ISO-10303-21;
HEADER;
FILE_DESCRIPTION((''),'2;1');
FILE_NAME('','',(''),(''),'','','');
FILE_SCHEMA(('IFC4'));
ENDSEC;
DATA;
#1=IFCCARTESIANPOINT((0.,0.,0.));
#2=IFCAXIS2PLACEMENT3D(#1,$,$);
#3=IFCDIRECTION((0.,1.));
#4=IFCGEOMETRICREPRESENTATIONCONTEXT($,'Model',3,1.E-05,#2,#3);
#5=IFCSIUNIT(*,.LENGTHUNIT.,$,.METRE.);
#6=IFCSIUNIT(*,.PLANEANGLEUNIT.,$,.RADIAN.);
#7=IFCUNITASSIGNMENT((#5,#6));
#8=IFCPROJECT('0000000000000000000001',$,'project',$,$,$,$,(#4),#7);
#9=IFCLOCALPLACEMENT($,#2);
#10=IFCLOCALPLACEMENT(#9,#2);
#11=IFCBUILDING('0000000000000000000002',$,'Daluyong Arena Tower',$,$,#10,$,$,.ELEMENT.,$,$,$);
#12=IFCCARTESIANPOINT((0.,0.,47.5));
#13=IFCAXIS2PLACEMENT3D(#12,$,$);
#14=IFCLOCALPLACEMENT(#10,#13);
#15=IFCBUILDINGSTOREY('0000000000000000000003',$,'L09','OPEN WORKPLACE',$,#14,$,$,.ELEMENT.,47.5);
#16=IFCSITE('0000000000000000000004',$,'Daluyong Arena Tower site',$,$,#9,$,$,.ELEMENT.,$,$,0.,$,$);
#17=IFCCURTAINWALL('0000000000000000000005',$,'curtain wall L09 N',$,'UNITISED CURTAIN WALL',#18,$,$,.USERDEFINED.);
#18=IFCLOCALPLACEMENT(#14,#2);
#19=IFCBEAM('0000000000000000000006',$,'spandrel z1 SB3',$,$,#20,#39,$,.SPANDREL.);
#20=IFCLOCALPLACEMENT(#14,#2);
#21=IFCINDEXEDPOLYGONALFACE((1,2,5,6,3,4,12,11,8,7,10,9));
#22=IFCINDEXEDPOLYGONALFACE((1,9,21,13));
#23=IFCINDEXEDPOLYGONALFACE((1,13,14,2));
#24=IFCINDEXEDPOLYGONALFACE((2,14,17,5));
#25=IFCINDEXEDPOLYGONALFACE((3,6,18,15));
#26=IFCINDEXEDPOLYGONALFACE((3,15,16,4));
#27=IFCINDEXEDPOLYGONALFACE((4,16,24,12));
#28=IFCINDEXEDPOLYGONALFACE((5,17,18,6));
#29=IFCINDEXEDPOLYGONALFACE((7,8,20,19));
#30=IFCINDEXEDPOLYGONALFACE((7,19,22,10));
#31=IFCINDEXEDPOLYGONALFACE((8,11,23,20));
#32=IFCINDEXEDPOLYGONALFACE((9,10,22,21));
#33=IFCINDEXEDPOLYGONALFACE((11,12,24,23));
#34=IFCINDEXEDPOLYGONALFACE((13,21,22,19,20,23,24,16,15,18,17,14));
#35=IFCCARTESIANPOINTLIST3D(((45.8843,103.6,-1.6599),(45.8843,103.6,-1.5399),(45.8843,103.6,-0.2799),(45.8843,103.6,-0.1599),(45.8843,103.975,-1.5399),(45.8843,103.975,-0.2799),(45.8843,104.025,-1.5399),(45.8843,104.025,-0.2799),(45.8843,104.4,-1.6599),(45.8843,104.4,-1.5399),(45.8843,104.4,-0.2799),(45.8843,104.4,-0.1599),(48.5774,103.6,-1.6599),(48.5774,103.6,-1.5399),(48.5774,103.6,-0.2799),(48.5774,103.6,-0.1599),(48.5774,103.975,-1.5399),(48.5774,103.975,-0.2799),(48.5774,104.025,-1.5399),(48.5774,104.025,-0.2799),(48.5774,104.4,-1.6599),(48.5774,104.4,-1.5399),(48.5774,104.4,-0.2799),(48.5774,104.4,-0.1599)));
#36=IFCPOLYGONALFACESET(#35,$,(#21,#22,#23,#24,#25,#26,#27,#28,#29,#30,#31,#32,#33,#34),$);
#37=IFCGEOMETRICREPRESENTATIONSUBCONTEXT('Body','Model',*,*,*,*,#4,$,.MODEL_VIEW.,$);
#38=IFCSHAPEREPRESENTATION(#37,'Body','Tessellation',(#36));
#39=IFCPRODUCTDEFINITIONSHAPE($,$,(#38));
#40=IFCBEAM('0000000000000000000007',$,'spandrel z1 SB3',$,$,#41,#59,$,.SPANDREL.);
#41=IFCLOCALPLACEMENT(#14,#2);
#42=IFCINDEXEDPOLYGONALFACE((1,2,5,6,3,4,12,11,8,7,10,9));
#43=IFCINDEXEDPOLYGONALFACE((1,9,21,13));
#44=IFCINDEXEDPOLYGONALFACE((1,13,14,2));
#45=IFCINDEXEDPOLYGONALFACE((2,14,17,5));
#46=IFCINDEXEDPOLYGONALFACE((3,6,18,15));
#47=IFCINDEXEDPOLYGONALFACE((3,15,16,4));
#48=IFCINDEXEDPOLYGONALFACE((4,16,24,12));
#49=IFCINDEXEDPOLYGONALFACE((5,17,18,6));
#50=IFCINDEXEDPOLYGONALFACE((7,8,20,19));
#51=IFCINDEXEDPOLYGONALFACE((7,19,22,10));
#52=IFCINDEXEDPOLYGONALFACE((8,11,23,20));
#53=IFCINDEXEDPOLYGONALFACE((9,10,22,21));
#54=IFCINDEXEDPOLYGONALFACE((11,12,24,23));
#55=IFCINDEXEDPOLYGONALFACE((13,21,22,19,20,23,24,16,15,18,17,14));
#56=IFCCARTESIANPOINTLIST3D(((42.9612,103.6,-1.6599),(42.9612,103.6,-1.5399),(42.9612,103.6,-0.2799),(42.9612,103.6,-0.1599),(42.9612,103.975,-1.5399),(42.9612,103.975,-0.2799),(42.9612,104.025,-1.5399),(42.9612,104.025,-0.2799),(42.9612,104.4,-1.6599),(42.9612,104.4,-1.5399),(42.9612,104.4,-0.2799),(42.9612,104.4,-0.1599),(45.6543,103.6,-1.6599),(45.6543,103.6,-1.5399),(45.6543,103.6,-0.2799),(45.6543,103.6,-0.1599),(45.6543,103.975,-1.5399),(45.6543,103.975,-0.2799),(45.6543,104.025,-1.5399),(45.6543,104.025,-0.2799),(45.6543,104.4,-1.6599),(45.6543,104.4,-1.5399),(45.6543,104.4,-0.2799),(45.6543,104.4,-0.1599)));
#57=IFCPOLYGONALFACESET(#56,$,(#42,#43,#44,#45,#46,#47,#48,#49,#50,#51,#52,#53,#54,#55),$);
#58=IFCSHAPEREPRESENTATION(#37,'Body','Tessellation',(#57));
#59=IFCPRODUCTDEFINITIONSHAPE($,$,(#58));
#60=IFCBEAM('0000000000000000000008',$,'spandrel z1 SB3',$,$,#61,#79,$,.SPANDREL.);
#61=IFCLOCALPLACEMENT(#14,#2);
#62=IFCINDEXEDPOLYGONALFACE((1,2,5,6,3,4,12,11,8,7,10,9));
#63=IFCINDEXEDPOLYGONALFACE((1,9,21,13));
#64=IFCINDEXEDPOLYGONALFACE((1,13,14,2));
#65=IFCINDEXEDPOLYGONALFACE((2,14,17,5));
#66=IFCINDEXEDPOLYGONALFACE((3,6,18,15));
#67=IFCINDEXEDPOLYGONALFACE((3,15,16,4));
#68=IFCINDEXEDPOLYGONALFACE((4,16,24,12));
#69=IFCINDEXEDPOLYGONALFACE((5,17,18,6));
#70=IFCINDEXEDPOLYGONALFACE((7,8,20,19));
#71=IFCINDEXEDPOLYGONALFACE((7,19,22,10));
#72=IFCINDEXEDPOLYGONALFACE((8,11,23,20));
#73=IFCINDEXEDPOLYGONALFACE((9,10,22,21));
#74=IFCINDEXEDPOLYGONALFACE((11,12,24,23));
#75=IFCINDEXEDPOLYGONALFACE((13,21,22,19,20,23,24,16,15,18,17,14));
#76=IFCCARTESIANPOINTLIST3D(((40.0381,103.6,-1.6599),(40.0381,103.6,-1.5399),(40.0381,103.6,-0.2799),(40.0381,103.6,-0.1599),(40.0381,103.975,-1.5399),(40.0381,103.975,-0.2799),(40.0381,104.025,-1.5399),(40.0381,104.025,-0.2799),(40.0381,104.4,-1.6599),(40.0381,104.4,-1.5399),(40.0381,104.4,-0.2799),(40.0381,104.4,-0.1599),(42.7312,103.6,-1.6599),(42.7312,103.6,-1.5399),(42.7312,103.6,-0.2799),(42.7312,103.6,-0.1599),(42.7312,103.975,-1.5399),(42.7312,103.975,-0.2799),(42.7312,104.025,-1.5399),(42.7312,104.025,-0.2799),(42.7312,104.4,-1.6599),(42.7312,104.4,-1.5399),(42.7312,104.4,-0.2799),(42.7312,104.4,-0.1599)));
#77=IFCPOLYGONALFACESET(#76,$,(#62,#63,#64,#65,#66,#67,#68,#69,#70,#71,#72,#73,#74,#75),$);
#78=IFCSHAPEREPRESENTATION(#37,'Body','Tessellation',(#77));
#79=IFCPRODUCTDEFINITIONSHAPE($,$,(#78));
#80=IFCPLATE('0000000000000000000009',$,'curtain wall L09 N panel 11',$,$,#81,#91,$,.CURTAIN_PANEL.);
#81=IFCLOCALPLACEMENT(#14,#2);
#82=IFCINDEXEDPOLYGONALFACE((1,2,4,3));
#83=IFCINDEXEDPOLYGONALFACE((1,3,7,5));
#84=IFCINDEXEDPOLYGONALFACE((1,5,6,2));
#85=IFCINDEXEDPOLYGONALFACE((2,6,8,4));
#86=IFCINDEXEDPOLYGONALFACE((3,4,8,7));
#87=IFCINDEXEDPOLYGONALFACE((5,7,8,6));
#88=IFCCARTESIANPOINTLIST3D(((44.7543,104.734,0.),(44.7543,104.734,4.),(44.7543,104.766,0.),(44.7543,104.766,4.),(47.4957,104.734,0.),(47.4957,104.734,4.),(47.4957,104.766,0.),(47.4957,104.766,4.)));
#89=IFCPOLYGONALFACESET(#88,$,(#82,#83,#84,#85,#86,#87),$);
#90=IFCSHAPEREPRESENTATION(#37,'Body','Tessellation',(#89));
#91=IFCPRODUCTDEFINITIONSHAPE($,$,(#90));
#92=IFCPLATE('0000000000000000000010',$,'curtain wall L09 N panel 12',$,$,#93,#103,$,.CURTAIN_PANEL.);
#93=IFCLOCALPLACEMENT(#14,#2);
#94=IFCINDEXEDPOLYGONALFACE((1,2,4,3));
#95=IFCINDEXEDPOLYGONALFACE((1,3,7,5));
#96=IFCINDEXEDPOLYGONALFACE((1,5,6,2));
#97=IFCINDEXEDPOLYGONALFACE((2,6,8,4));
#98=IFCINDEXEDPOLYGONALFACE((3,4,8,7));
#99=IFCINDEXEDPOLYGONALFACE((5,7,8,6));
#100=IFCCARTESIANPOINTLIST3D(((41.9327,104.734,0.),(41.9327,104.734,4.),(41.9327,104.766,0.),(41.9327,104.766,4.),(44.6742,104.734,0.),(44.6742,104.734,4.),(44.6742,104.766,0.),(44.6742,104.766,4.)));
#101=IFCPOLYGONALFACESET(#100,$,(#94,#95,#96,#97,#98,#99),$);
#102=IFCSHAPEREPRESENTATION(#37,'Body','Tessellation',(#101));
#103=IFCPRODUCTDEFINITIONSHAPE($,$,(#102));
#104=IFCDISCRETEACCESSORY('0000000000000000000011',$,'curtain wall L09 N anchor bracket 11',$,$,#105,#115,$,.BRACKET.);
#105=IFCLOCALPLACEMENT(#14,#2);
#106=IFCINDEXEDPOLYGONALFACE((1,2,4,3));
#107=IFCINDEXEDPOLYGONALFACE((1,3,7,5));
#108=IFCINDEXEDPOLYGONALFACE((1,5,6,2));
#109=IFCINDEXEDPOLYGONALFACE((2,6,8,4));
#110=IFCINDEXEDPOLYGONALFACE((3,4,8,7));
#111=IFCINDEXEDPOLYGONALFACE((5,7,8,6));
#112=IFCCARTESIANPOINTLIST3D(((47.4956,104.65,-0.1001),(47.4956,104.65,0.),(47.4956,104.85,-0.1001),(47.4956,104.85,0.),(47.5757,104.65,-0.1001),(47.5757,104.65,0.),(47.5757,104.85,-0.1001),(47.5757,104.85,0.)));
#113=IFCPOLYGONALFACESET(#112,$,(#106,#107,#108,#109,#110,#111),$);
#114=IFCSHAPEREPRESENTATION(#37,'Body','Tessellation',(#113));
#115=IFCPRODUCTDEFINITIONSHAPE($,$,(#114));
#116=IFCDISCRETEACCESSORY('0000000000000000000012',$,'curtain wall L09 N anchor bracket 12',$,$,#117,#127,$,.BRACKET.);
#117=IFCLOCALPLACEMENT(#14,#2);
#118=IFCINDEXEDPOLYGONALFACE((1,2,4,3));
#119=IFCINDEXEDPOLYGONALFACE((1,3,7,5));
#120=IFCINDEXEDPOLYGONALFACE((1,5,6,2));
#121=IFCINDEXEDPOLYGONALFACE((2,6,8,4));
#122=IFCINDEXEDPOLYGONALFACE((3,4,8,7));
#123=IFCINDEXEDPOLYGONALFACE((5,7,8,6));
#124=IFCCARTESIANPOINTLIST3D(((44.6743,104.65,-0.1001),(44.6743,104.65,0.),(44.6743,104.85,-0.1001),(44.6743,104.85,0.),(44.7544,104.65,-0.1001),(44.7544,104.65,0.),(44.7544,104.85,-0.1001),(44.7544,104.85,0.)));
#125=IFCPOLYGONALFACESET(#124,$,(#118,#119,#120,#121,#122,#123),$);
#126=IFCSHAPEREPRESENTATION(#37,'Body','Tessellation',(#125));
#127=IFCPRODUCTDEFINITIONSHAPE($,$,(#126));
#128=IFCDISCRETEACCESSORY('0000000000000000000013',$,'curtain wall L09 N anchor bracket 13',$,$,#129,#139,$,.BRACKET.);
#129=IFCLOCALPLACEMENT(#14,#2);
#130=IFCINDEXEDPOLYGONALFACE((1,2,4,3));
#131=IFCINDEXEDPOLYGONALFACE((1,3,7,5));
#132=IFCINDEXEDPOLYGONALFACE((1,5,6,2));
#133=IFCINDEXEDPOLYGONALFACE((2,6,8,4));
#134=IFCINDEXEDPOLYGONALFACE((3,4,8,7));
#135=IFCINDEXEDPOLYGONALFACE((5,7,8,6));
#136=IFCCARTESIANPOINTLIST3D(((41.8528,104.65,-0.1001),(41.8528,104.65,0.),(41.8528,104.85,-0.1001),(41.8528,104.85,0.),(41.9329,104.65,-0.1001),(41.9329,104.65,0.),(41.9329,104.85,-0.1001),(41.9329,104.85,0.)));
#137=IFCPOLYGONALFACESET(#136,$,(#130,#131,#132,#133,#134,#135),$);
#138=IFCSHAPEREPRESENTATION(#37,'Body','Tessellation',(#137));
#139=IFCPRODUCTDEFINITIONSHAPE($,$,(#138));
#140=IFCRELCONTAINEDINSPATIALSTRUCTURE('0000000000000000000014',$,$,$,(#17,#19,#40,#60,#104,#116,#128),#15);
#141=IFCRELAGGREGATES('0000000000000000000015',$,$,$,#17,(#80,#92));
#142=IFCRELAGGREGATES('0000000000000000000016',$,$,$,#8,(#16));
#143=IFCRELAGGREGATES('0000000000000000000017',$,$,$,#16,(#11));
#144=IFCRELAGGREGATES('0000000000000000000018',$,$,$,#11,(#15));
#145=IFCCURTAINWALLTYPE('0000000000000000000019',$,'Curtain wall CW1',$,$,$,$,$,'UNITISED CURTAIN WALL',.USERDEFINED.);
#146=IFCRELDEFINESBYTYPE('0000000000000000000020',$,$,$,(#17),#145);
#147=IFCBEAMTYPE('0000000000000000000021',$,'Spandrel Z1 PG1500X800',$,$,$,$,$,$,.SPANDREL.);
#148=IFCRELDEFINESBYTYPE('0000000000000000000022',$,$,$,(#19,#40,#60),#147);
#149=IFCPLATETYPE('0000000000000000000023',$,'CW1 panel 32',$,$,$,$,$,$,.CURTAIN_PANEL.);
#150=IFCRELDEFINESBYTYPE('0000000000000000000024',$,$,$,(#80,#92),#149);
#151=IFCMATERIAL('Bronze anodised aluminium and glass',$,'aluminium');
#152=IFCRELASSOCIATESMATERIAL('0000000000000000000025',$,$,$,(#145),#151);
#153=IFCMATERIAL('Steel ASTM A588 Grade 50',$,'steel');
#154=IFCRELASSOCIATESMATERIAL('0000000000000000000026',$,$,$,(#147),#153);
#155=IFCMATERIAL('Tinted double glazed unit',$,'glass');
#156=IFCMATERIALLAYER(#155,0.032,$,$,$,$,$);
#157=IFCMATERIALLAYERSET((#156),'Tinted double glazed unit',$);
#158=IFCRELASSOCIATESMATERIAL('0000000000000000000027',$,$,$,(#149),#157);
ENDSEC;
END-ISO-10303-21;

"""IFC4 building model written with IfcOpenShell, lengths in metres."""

from ifc_helpers import new_model, si_unit, direction, frame, origin, origin_2d, place, context, subcontext, project, spatial, rectangle, i_section, extrude, material, layer, layer_set, material_profile, profile_set, type_object, element, aggregate, save


model = new_model("IFC4")

# Units and contexts
model_context = context("Model", 3, precision=1e-05, world=origin(), true_north=direction((0.0, 1.0)))
body_context = subcontext(model_context, "Body", "Model", "MODEL_VIEW")
ifc_project = project(units=[si_unit("LENGTHUNIT", "METRE"), si_unit("PLANEANGLEUNIT", "RADIAN")], contexts=[model_context])

# Site, building, storey
site_placement = place(None, origin())
site = spatial("IfcSite", under=ifc_project, at=site_placement, Name="Daluyong Arena Tower site", CompositionType="ELEMENT", RefElevation=0.0)
building_placement = place(site_placement, origin())
building = spatial("IfcBuilding", under=site, at=building_placement, Name="Daluyong Arena Tower", CompositionType="ELEMENT")
storey_placement = place(building_placement, frame((0.0, 0.0, 47.5)))
storey = spatial("IfcBuildingStorey", under=building, at=storey_placement, Name="L09", Description="OPEN WORKPLACE", CompositionType="ELEMENT", Elevation=47.5)

# Curtain wall
ifc_material_1 = material(Name="Bronze anodised aluminium and glass", Category="aluminium")
curtain_wall_type = type_object("IfcCurtainWallType", Name="Curtain wall CW1", ElementType="UNITISED CURTAIN WALL", PredefinedType="USERDEFINED", material=ifc_material_1)
curtain_wall_placement = place(storey_placement, origin())
curtain_wall = element("IfcCurtainWall", 1, at=curtain_wall_placement, inside=storey, type_object=curtain_wall_type, Name="curtain wall L09 N", ObjectType="UNITISED CURTAIN WALL", PredefinedType="USERDEFINED")

# Beams
ifc_material_2 = material(Name="Steel ASTM A588 Grade 50", Category="steel")
ifc_material_profile_1 = material_profile(ifc_material_2, i_section(OverallWidth=0.8, OverallDepth=1.5, WebThickness=0.05, FlangeThickness=0.12, at=origin_2d()))
ifc_profile_set_1 = profile_set([ifc_material_profile_1], Name="Steel ASTM A588 Grade 50")
beam_type_1 = type_object("IfcBeamType", Name="Spandrel Z1 PG1500X800", PredefinedType="SPANDREL", material=ifc_profile_set_1)
for number, where, z_axis, x_axis, name in (
    (2, (48.5774, 104.0, -0.9099), (-1.0, 0.0, 0.0), (0.0, -1.0, 0.0), "spandrel z1 SB3"),
    (3, (45.6543, 104.0, -0.9099), (-1.0, 0.0, 0.0), (0.0, -1.0, 0.0), "spandrel z1 SB3"),
    (4, (42.7312, 104.0, -0.9099), (-1.0, 0.0, 0.0), (0.0, -1.0, 0.0), "spandrel z1 SB3"),
):
    element("IfcBeam", number, at=place(storey_placement, frame(where, z_axis=z_axis, x_axis=x_axis)), inside=storey, type_object=beam_type_1, Name=name, PredefinedType="SPANDREL", context=body_context, shape_type="SweptSolid", body=[
        extrude(i_section(OverallWidth=0.8, OverallDepth=1.5, WebThickness=0.05, FlangeThickness=0.12, at=origin_2d()), origin(), (0.0, 0.0, 1.0), 2.6931),
    ])

# Plates
ifc_material_3 = material(Name="Tinted double glazed unit", Category="glass")
ifc_layer = layer(ifc_material_3, 0.032)
ifc_layer_set = layer_set([ifc_layer], Name="Tinted double glazed unit")
plate_type = type_object("IfcPlateType", Name="CW1 panel 32", PredefinedType="CURTAIN_PANEL", material=ifc_layer_set)
plate_1_placement = place(storey_placement, frame((46.125, 104.75, 0.0), z_axis=(0.0, 0.0, 1.0), x_axis=(-1.0, 0.0, 0.0)))
plate_1 = element("IfcPlate", 5, at=plate_1_placement, type_object=plate_type, Name="curtain wall L09 N panel 11", PredefinedType="CURTAIN_PANEL", context=body_context, shape_type="SweptSolid", body=[
    extrude(rectangle(XDim=2.7415, YDim=0.032, at=origin_2d()), origin(), (0.0, 0.0, 1.0), 4.0),
])
plate_2_placement = place(storey_placement, frame((43.3035, 104.75, 0.0), z_axis=(0.0, 0.0, 1.0), x_axis=(-1.0, 0.0, 0.0)))
plate_2 = element("IfcPlate", 6, at=plate_2_placement, type_object=plate_type, Name="curtain wall L09 N panel 12", PredefinedType="CURTAIN_PANEL", context=body_context, shape_type="SweptSolid", body=[
    extrude(rectangle(XDim=2.7415, YDim=0.032, at=origin_2d()), origin(), (0.0, 0.0, 1.0), 4.0),
])
aggregate(curtain_wall, [plate_1, plate_2])

# Discrete accessories
for number, where, z_axis, x_axis, name in (
    (7, (47.5356, 104.75, -0.1001), (0.0, 0.0, 1.0), (-1.0, 0.0, 0.0), "curtain wall L09 N anchor bracket 11"),
    (8, (44.7144, 104.75, -0.1001), (0.0, 0.0, 1.0), (-1.0, 0.0, 0.0), "curtain wall L09 N anchor bracket 12"),
    (9, (41.8928, 104.75, -0.1001), (0.0, 0.0, 1.0), (-1.0, 0.0, 0.0), "curtain wall L09 N anchor bracket 13"),
):
    element("IfcDiscreteAccessory", number, at=place(storey_placement, frame(where, z_axis=z_axis, x_axis=x_axis)), inside=storey, Name=name, PredefinedType="BRACKET", context=body_context, shape_type="SweptSolid", body=[
        extrude(rectangle(XDim=0.0801, YDim=0.2, at=origin_2d()), origin(), (0.0, 0.0, 1.0), 0.1001),
    ])

save(model, "model.ifc")
